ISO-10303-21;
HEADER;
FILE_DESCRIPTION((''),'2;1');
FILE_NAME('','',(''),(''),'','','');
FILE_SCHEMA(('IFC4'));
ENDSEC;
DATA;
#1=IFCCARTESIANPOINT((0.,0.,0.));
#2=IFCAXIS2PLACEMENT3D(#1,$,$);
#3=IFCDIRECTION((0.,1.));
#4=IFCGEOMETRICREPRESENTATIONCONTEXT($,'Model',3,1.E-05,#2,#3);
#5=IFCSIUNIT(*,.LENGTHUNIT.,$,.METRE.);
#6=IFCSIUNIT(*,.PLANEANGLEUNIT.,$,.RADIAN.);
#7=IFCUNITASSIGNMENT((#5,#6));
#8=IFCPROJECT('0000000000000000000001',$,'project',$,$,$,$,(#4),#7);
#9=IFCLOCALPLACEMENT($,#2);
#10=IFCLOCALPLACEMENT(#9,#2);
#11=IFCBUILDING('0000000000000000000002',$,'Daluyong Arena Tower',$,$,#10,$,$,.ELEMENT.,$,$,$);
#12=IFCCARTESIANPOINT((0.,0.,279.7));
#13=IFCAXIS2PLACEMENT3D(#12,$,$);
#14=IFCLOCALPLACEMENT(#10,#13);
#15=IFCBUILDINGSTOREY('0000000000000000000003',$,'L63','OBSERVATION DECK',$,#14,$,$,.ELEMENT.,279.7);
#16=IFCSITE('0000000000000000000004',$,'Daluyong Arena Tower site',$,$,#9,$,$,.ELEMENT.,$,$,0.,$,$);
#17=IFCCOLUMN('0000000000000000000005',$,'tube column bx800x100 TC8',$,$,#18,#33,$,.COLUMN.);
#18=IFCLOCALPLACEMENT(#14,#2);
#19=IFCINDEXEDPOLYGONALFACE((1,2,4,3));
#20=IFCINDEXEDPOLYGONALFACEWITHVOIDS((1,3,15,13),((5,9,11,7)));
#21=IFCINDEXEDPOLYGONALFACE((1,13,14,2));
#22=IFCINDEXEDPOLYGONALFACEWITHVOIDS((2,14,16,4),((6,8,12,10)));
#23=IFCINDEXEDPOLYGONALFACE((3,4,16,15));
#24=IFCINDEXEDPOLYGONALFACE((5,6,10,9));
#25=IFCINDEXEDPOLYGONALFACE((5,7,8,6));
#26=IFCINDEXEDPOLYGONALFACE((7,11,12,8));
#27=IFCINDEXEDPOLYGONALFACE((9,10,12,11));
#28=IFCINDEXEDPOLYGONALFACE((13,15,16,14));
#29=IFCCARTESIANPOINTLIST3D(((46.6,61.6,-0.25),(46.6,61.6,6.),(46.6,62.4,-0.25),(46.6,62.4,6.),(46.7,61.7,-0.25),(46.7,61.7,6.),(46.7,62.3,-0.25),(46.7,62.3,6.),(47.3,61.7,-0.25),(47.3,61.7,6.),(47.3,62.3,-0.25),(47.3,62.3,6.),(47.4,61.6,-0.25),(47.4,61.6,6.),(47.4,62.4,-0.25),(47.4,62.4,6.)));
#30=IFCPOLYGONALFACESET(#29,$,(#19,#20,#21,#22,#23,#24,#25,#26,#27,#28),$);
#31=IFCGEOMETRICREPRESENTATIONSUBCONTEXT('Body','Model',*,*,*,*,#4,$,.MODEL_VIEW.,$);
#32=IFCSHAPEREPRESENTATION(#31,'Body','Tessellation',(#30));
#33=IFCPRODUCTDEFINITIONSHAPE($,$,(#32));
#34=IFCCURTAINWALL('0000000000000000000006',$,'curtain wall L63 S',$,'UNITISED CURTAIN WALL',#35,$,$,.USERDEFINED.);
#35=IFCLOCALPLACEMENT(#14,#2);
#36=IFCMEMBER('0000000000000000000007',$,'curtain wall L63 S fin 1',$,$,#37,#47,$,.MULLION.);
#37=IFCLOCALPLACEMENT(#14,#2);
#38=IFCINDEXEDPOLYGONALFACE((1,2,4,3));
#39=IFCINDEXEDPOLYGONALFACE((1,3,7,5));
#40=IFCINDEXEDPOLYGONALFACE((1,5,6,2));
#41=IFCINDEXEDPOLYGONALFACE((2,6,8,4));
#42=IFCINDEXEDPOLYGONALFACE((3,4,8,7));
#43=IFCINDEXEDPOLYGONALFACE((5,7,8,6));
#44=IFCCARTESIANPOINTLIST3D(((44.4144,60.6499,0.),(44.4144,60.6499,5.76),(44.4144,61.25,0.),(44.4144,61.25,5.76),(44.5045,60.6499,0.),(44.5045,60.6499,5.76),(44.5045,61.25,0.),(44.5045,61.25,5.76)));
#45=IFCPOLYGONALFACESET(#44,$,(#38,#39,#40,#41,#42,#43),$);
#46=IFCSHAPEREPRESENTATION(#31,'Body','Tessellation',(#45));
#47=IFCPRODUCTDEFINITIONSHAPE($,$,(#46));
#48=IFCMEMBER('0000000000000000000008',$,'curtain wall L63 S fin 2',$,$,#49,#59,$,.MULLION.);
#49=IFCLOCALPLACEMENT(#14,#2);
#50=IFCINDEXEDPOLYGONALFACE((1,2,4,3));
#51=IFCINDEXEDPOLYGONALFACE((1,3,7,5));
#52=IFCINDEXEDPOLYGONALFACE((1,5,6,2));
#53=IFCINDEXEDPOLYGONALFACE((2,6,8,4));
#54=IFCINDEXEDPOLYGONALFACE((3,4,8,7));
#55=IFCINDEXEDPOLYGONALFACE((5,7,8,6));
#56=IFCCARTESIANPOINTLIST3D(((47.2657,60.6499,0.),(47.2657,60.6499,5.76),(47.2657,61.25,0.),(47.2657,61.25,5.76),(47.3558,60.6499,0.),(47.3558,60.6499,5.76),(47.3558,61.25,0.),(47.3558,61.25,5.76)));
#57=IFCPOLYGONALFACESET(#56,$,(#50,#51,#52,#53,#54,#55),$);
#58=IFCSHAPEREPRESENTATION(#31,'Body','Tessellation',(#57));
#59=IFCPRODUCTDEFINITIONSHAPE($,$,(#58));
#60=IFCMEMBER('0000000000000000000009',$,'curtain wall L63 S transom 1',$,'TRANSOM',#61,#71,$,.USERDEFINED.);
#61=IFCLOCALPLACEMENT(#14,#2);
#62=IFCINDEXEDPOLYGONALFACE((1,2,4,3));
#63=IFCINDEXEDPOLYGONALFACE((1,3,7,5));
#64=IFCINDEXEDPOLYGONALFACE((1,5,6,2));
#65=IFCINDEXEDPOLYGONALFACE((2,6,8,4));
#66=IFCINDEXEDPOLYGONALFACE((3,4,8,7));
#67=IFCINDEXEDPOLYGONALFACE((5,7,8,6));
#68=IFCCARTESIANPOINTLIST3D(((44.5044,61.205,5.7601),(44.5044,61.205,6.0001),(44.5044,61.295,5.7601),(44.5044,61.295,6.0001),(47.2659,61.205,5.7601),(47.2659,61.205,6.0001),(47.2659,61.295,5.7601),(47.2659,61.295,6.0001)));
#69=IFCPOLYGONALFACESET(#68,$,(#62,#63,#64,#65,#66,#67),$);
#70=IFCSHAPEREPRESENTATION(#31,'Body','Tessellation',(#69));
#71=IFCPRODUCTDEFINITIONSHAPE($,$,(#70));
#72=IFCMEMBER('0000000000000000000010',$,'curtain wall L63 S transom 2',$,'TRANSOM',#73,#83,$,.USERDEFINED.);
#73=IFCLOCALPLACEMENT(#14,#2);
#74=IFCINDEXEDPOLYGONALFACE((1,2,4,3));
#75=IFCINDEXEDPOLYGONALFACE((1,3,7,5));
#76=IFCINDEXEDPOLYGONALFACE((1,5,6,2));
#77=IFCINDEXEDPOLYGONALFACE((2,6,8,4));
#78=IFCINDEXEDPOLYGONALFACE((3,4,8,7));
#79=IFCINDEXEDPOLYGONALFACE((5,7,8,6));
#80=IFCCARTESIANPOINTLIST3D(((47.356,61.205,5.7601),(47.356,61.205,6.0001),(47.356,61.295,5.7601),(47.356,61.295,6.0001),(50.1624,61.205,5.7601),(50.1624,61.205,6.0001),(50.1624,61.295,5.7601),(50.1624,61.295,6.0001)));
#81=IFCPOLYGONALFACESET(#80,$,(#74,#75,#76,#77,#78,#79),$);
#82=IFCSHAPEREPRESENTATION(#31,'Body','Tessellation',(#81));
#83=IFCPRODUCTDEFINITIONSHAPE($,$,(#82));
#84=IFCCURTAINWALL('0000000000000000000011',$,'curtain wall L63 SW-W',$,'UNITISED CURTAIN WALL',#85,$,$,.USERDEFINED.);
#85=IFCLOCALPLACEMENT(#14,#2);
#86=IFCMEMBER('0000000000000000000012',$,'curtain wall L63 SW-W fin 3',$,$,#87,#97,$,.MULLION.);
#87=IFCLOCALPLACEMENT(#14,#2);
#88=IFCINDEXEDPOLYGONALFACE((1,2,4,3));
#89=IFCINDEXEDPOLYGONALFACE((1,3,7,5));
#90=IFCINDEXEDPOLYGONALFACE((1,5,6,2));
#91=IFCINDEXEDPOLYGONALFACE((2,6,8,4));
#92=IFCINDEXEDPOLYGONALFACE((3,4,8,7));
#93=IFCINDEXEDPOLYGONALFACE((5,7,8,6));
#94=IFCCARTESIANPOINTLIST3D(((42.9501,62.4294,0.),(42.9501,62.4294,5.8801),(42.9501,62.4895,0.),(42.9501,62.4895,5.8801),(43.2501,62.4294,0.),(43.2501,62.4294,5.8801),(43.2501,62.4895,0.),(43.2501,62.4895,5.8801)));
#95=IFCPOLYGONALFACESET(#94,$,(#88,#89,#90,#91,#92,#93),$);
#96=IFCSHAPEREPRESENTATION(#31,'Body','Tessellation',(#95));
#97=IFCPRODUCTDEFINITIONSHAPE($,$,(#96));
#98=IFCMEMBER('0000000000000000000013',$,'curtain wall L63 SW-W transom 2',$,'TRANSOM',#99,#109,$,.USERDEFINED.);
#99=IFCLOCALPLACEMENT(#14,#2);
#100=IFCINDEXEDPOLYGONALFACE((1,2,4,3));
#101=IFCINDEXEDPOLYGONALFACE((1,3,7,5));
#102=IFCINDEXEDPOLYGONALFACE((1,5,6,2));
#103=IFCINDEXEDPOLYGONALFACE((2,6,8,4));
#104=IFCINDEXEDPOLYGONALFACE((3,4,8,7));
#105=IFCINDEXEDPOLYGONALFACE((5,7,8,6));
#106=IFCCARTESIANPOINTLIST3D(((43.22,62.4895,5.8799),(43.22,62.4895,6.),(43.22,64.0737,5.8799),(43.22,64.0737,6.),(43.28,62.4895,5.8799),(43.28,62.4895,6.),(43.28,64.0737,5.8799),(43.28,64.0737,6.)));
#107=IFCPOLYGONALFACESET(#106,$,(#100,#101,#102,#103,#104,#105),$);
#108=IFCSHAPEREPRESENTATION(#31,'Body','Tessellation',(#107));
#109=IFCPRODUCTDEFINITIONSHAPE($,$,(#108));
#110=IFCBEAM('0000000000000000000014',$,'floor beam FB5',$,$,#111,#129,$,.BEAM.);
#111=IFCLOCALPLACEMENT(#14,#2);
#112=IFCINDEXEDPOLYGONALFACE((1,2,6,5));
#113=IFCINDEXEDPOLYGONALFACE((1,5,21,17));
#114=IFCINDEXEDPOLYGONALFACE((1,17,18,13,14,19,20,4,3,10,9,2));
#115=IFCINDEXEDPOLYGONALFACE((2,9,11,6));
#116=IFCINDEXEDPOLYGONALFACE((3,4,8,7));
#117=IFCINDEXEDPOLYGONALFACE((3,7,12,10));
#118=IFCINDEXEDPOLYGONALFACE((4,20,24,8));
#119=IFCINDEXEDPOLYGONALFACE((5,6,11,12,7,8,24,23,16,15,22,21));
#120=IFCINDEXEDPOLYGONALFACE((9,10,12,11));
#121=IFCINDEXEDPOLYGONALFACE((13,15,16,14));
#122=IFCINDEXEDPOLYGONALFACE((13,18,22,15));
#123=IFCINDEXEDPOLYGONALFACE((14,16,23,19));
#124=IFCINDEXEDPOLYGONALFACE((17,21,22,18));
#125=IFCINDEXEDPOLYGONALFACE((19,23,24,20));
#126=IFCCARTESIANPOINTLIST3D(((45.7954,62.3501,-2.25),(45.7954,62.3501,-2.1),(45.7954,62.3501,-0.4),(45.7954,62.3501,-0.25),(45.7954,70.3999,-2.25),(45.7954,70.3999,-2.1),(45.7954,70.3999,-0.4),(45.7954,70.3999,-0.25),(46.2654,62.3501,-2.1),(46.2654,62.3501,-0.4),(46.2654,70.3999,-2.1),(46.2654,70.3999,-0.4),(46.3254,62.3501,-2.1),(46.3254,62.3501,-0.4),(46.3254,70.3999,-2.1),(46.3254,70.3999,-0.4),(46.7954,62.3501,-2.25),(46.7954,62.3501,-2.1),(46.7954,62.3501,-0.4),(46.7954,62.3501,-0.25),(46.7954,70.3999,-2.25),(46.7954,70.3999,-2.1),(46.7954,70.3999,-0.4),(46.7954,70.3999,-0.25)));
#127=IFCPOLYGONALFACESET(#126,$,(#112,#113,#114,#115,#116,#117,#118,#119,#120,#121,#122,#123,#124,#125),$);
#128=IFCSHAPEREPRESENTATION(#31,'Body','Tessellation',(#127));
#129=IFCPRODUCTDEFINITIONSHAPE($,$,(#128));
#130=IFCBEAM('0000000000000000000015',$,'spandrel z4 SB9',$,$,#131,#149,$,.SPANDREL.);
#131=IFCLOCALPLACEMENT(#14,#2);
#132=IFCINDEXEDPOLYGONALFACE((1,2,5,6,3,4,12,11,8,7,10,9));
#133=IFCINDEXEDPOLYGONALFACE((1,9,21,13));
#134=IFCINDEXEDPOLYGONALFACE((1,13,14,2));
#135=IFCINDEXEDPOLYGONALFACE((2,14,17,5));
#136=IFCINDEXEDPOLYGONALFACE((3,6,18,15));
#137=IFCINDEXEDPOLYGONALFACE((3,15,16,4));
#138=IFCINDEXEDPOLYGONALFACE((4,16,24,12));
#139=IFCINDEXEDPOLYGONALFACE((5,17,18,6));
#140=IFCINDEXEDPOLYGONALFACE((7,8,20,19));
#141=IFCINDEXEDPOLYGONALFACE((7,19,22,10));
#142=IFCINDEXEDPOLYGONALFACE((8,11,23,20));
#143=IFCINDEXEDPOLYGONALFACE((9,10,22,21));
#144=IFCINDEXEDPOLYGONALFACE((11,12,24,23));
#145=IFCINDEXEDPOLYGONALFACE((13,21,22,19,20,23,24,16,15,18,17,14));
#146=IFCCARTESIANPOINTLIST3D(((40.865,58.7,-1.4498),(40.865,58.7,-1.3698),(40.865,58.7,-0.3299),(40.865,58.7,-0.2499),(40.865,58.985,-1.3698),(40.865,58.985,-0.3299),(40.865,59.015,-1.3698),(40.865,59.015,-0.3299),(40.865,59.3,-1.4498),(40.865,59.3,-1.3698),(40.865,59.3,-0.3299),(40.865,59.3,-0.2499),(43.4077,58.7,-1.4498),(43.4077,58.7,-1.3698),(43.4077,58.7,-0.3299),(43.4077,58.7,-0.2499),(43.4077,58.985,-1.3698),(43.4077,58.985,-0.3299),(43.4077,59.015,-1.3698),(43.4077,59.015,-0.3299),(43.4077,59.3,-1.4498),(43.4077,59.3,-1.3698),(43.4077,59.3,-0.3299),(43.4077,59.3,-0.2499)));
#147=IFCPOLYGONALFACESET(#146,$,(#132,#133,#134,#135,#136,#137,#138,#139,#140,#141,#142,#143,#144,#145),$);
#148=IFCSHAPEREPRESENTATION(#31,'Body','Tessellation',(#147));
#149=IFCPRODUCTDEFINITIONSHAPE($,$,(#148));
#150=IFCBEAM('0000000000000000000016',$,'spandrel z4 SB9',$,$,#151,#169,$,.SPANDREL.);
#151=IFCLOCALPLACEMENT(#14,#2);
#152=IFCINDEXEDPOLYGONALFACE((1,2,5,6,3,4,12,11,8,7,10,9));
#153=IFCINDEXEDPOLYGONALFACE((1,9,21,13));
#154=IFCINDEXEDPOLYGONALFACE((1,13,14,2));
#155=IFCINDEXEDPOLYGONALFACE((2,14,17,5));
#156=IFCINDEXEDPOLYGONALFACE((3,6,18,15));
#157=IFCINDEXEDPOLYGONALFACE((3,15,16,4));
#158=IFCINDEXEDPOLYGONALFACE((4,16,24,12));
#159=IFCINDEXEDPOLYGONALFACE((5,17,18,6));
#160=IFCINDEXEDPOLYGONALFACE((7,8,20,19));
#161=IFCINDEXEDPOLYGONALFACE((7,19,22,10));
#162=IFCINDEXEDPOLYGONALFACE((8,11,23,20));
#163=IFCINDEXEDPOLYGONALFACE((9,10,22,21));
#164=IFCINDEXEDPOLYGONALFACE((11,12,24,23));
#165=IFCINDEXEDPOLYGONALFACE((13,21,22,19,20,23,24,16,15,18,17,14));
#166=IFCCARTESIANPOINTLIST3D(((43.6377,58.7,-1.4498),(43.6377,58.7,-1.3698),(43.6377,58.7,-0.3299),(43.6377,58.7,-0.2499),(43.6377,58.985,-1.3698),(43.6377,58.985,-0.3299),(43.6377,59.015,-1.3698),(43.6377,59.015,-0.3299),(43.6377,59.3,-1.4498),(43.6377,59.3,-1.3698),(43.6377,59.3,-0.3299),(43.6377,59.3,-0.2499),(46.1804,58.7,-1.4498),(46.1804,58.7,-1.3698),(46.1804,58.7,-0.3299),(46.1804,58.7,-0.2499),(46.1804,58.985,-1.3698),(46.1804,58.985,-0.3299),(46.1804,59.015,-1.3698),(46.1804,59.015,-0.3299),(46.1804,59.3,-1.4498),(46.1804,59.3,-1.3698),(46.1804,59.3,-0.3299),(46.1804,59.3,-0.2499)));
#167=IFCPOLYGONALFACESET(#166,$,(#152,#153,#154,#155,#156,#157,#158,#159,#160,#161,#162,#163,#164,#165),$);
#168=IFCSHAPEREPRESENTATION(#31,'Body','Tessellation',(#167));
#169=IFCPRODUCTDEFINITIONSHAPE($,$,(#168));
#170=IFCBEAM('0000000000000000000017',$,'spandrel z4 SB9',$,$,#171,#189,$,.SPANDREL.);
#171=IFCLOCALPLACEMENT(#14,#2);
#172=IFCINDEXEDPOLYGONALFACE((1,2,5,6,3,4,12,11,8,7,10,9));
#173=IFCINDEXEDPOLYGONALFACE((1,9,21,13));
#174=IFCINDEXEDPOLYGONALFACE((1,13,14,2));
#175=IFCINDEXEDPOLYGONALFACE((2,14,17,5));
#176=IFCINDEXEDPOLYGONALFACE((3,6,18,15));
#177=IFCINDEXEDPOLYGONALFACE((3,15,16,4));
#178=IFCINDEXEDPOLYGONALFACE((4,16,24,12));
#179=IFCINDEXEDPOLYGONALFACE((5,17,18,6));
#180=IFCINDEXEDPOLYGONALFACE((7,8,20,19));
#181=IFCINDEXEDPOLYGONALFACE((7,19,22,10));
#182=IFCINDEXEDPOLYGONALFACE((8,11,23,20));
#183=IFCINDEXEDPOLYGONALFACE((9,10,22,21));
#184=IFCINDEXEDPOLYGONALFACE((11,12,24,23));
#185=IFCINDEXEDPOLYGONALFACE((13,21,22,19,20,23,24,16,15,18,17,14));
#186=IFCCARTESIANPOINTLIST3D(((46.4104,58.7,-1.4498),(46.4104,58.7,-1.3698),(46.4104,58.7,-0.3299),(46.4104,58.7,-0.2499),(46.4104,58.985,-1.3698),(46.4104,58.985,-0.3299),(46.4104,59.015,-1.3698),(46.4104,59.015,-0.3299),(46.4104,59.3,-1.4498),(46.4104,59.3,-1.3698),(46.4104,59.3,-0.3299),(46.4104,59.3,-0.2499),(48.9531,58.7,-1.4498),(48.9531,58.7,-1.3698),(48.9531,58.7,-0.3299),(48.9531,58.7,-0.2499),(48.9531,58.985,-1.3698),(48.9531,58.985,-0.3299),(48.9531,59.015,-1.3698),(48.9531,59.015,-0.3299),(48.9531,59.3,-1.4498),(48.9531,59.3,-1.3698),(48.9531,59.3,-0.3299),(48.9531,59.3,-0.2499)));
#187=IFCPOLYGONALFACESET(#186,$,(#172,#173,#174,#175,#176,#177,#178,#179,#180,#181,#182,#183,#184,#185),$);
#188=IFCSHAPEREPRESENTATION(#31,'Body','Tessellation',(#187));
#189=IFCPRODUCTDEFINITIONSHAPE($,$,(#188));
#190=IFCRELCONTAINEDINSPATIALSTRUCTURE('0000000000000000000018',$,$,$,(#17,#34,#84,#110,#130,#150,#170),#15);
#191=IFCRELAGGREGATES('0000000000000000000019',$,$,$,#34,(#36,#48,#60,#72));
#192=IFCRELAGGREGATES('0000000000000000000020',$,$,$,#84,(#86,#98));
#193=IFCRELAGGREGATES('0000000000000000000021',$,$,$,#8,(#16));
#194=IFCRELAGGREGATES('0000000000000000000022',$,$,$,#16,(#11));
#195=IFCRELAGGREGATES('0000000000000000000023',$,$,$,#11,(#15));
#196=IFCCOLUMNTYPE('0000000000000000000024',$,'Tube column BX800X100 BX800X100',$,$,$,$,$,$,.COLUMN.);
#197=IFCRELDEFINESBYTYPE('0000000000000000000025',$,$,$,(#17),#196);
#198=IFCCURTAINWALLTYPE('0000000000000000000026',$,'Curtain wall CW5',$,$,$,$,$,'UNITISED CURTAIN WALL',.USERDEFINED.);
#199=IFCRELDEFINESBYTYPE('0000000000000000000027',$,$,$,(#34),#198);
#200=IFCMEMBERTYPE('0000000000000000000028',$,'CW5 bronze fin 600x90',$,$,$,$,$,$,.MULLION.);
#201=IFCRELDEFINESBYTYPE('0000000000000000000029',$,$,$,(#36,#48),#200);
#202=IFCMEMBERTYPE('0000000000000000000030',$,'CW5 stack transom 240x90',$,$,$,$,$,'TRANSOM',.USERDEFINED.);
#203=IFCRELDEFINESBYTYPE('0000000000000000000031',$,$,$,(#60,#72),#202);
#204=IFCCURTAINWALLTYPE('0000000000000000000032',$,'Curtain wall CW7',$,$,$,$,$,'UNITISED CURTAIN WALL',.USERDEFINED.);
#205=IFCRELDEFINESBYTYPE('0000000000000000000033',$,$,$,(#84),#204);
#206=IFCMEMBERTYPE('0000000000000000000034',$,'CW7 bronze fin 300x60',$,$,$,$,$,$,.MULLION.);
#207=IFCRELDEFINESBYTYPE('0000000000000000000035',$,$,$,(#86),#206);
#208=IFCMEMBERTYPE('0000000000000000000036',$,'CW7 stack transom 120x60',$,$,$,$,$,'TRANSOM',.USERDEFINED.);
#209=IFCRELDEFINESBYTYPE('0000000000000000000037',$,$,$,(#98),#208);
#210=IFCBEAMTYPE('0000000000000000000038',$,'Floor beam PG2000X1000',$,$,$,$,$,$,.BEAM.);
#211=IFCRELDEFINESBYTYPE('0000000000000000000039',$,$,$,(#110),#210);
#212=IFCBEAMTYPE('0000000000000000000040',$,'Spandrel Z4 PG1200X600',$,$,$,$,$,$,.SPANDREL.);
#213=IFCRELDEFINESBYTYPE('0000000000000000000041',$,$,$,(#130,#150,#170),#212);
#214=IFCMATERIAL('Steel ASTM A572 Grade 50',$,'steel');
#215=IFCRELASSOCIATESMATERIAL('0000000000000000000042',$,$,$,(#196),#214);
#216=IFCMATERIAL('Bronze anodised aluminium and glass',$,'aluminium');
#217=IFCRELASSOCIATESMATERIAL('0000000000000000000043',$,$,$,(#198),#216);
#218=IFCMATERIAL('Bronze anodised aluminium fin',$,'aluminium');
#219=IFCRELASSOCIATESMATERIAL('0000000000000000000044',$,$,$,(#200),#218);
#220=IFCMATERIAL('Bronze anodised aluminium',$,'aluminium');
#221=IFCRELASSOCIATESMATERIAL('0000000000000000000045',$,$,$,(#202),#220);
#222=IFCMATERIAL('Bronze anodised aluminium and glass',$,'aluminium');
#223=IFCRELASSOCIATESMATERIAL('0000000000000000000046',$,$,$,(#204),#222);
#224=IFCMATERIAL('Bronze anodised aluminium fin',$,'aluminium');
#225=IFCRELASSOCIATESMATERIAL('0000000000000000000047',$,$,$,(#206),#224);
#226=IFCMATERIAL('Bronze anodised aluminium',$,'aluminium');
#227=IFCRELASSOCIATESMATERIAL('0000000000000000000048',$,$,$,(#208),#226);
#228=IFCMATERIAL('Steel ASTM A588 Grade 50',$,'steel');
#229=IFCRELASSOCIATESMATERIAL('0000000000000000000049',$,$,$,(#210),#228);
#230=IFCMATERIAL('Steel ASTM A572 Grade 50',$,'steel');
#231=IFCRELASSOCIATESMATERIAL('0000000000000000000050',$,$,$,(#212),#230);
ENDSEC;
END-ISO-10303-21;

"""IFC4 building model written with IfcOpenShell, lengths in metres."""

from ifc_helpers import new_model, si_unit, direction, frame, origin, origin_2d, place, context, subcontext, project, spatial, rectangle, hollow_rectangle, i_section, extrude, material, material_profile, profile_set, type_object, element, aggregate, save


model = new_model("IFC4")

# Units and contexts
model_context = context("Model", 3, precision=1e-05, world=origin(), true_north=direction((0.0, 1.0)))
body_context = subcontext(model_context, "Body", "Model", "MODEL_VIEW")
ifc_project = project(units=[si_unit("LENGTHUNIT", "METRE"), si_unit("PLANEANGLEUNIT", "RADIAN")], contexts=[model_context])

# Site, building, storey
site_placement = place(None, origin())
site = spatial("IfcSite", under=ifc_project, at=site_placement, Name="Daluyong Arena Tower site", CompositionType="ELEMENT", RefElevation=0.0)
building_placement = place(site_placement, origin())
building = spatial("IfcBuilding", under=site, at=building_placement, Name="Daluyong Arena Tower", CompositionType="ELEMENT")
storey_placement = place(building_placement, frame((0.0, 0.0, 279.7)))
storey = spatial("IfcBuildingStorey", under=building, at=storey_placement, Name="L63", Description="OBSERVATION DECK", CompositionType="ELEMENT", Elevation=279.7)

# Column
ifc_material_1 = material(Name="Steel ASTM A572 Grade 50", Category="steel")
ifc_material_profile_1 = material_profile(ifc_material_1, hollow_rectangle(XDim=0.8, YDim=0.8, WallThickness=0.1, at=origin_2d()))
ifc_profile_set_1 = profile_set([ifc_material_profile_1], Name="Steel ASTM A572 Grade 50")
column_type_1 = type_object("IfcColumnType", Name="Tube column BX800X100 BX800X100", PredefinedType="COLUMN", material=ifc_profile_set_1)
column_1_placement = place(storey_placement, frame((47.0, 62.0, -0.25), z_axis=(0.0, 0.0, 1.0), x_axis=(1.0, 0.0, 0.0)))
element("IfcColumn", 1, at=column_1_placement, inside=storey, type_object=column_type_1, Name="tube column bx800x100 TC8", PredefinedType="COLUMN", context=body_context, shape_type="SweptSolid", body=[
    extrude(hollow_rectangle(XDim=0.8, YDim=0.8, WallThickness=0.1, at=origin_2d()), origin(), (0.0, 0.0, 1.0), 6.25),
])

# Curtain walls, members
ifc_material_2 = material(Name="Bronze anodised aluminium and glass", Category="aluminium")
curtain_wall_type_1 = type_object("IfcCurtainWallType", Name="Curtain wall CW5", ElementType="UNITISED CURTAIN WALL", PredefinedType="USERDEFINED", material=ifc_material_2)
curtain_wall_1_placement = place(storey_placement, origin())
curtain_wall_1 = element("IfcCurtainWall", 2, at=curtain_wall_1_placement, inside=storey, type_object=curtain_wall_type_1, Name="curtain wall L63 S", ObjectType="UNITISED CURTAIN WALL", PredefinedType="USERDEFINED")
ifc_material_3 = material(Name="Bronze anodised aluminium fin", Category="aluminium")
ifc_material_profile_2 = material_profile(ifc_material_3, rectangle(XDim=0.6001, YDim=0.0901, at=origin_2d()))
ifc_profile_set_2 = profile_set([ifc_material_profile_2], Name="Bronze anodised aluminium fin")
member_type_1 = type_object("IfcMemberType", Name="CW5 bronze fin 600x90", PredefinedType="MULLION", material=ifc_profile_set_2)
member_1_placement = place(storey_placement, frame((44.4595, 60.95, 0.0), z_axis=(0.0, 0.0, 1.0), x_axis=(0.0, 1.0, 0.0)))
member_1 = element("IfcMember", 3, at=member_1_placement, type_object=member_type_1, Name="curtain wall L63 S fin 1", PredefinedType="MULLION", context=body_context, shape_type="SweptSolid", body=[
    extrude(rectangle(XDim=0.6001, YDim=0.0901, at=origin_2d()), origin(), (0.0, 0.0, 1.0), 5.76),
])
member_2_placement = place(storey_placement, frame((47.3108, 60.95, 0.0), z_axis=(0.0, 0.0, 1.0), x_axis=(0.0, 1.0, 0.0)))
member_2 = element("IfcMember", 4, at=member_2_placement, type_object=member_type_1, Name="curtain wall L63 S fin 2", PredefinedType="MULLION", context=body_context, shape_type="SweptSolid", body=[
    extrude(rectangle(XDim=0.6001, YDim=0.0901, at=origin_2d()), origin(), (0.0, 0.0, 1.0), 5.76),
])
ifc_material_4 = material(Name="Bronze anodised aluminium", Category="aluminium")
ifc_material_profile_3 = material_profile(ifc_material_4, rectangle(XDim=0.0901, YDim=0.24, at=origin_2d()))
ifc_profile_set_3 = profile_set([ifc_material_profile_3], Name="Bronze anodised aluminium")
member_type_2 = type_object("IfcMemberType", Name="CW5 stack transom 240x90", ElementType="TRANSOM", PredefinedType="USERDEFINED", material=ifc_profile_set_3)
member_3_placement = place(storey_placement, frame((44.5044, 61.25, 5.8801), z_axis=(1.0, 0.0, 0.0), x_axis=(0.0, 1.0, 0.0)))
member_3 = element("IfcMember", 5, at=member_3_placement, type_object=member_type_2, Name="curtain wall L63 S transom 1", ObjectType="TRANSOM", PredefinedType="USERDEFINED", context=body_context, shape_type="SweptSolid", body=[
    extrude(rectangle(XDim=0.0901, YDim=0.24, at=origin_2d()), origin(), (0.0, 0.0, 1.0), 2.7615),
])
member_4_placement = place(storey_placement, frame((47.356, 61.25, 5.8801), z_axis=(1.0, 0.0, 0.0), x_axis=(0.0, 1.0, 0.0)))
member_4 = element("IfcMember", 6, at=member_4_placement, type_object=member_type_2, Name="curtain wall L63 S transom 2", ObjectType="TRANSOM", PredefinedType="USERDEFINED", context=body_context, shape_type="SweptSolid", body=[
    extrude(rectangle(XDim=0.0901, YDim=0.24, at=origin_2d()), origin(), (0.0, 0.0, 1.0), 2.8064),
])
ifc_material_5 = material(Name="Bronze anodised aluminium and glass", Category="aluminium")
curtain_wall_type_2 = type_object("IfcCurtainWallType", Name="Curtain wall CW7", ElementType="UNITISED CURTAIN WALL", PredefinedType="USERDEFINED", material=ifc_material_5)
curtain_wall_2_placement = place(storey_placement, origin())
curtain_wall_2 = element("IfcCurtainWall", 7, at=curtain_wall_2_placement, inside=storey, type_object=curtain_wall_type_2, Name="curtain wall L63 SW-W", ObjectType="UNITISED CURTAIN WALL", PredefinedType="USERDEFINED")
ifc_material_6 = material(Name="Bronze anodised aluminium fin", Category="aluminium")
ifc_material_profile_4 = material_profile(ifc_material_6, rectangle(XDim=0.3, YDim=0.0601, at=origin_2d()))
ifc_profile_set_4 = profile_set([ifc_material_profile_4], Name="Bronze anodised aluminium fin")
member_type_3 = type_object("IfcMemberType", Name="CW7 bronze fin 300x60", PredefinedType="MULLION", material=ifc_profile_set_4)
member_5_placement = place(storey_placement, frame((43.1001, 62.4595, 0.0), z_axis=(0.0, 0.0, 1.0), x_axis=(1.0, 0.0, 0.0)))
member_5 = element("IfcMember", 8, at=member_5_placement, type_object=member_type_3, Name="curtain wall L63 SW-W fin 3", PredefinedType="MULLION", context=body_context, shape_type="SweptSolid", body=[
    extrude(rectangle(XDim=0.3, YDim=0.0601, at=origin_2d()), origin(), (0.0, 0.0, 1.0), 5.8801),
])
ifc_material_7 = material(Name="Bronze anodised aluminium", Category="aluminium")
ifc_material_profile_5 = material_profile(ifc_material_7, rectangle(XDim=0.0601, YDim=0.1201, at=origin_2d()))
ifc_profile_set_5 = profile_set([ifc_material_profile_5], Name="Bronze anodised aluminium")
member_type_4 = type_object("IfcMemberType", Name="CW7 stack transom 120x60", ElementType="TRANSOM", PredefinedType="USERDEFINED", material=ifc_profile_set_5)
member_6_placement = place(storey_placement, frame((43.25, 64.0737, 5.9399), z_axis=(0.0, -1.0, 0.0), x_axis=(1.0, 0.0, 0.0)))
member_6 = element("IfcMember", 9, at=member_6_placement, type_object=member_type_4, Name="curtain wall L63 SW-W transom 2", ObjectType="TRANSOM", PredefinedType="USERDEFINED", context=body_context, shape_type="SweptSolid", body=[
    extrude(rectangle(XDim=0.0601, YDim=0.1201, at=origin_2d()), origin(), (0.0, 0.0, 1.0), 1.5842),
])

# Beams
ifc_material_8 = material(Name="Steel ASTM A588 Grade 50", Category="steel")
ifc_material_profile_6 = material_profile(ifc_material_8, i_section(OverallWidth=1.0, OverallDepth=2.0, WebThickness=0.06, FlangeThickness=0.15, at=origin_2d()))
ifc_profile_set_6 = profile_set([ifc_material_profile_6], Name="Steel ASTM A588 Grade 50")
beam_type_1 = type_object("IfcBeamType", Name="Floor beam PG2000X1000", PredefinedType="BEAM", material=ifc_profile_set_6)
beam_1_placement = place(storey_placement, frame((46.2954, 62.3501, -1.25), z_axis=(0.0, 1.0, 0.0), x_axis=(-1.0, 0.0, 0.0)))
element("IfcBeam", 10, at=beam_1_placement, inside=storey, type_object=beam_type_1, Name="floor beam FB5", PredefinedType="BEAM", context=body_context, shape_type="SweptSolid", body=[
    extrude(i_section(OverallWidth=1.0, OverallDepth=2.0, WebThickness=0.06, FlangeThickness=0.15, at=origin_2d()), origin(), (0.0, 0.0, 1.0), 8.0498),
])
ifc_material_9 = material(Name="Steel ASTM A572 Grade 50", Category="steel")
ifc_material_profile_7 = material_profile(ifc_material_9, i_section(OverallWidth=0.6001, OverallDepth=1.2, WebThickness=0.03, FlangeThickness=0.08, at=origin_2d()))
ifc_profile_set_7 = profile_set([ifc_material_profile_7], Name="Steel ASTM A572 Grade 50")
beam_type_2 = type_object("IfcBeamType", Name="Spandrel Z4 PG1200X600", PredefinedType="SPANDREL", material=ifc_profile_set_7)
for number, where, z_axis, x_axis, name in (
    (11, (40.865, 59.0, -0.8499), (1.0, 0.0, 0.0), (0.0, 1.0, 0.0), "spandrel z4 SB9"),
    (12, (43.6377, 59.0, -0.8499), (1.0, 0.0, 0.0), (0.0, 1.0, 0.0), "spandrel z4 SB9"),
    (13, (46.4104, 59.0, -0.8499), (1.0, 0.0, 0.0), (0.0, 1.0, 0.0), "spandrel z4 SB9"),
):
    element("IfcBeam", number, at=place(storey_placement, frame(where, z_axis=z_axis, x_axis=x_axis)), inside=storey, type_object=beam_type_2, Name=name, PredefinedType="SPANDREL", context=body_context, shape_type="SweptSolid", body=[
        extrude(i_section(OverallWidth=0.6001, OverallDepth=1.2, WebThickness=0.03, FlangeThickness=0.08, at=origin_2d()), origin(), (0.0, 0.0, 1.0), 2.5427),
    ])

aggregate(curtain_wall_1, [member_1, member_2, member_3, member_4])
aggregate(curtain_wall_2, [member_5, member_6])

save(model, "model.ifc")
